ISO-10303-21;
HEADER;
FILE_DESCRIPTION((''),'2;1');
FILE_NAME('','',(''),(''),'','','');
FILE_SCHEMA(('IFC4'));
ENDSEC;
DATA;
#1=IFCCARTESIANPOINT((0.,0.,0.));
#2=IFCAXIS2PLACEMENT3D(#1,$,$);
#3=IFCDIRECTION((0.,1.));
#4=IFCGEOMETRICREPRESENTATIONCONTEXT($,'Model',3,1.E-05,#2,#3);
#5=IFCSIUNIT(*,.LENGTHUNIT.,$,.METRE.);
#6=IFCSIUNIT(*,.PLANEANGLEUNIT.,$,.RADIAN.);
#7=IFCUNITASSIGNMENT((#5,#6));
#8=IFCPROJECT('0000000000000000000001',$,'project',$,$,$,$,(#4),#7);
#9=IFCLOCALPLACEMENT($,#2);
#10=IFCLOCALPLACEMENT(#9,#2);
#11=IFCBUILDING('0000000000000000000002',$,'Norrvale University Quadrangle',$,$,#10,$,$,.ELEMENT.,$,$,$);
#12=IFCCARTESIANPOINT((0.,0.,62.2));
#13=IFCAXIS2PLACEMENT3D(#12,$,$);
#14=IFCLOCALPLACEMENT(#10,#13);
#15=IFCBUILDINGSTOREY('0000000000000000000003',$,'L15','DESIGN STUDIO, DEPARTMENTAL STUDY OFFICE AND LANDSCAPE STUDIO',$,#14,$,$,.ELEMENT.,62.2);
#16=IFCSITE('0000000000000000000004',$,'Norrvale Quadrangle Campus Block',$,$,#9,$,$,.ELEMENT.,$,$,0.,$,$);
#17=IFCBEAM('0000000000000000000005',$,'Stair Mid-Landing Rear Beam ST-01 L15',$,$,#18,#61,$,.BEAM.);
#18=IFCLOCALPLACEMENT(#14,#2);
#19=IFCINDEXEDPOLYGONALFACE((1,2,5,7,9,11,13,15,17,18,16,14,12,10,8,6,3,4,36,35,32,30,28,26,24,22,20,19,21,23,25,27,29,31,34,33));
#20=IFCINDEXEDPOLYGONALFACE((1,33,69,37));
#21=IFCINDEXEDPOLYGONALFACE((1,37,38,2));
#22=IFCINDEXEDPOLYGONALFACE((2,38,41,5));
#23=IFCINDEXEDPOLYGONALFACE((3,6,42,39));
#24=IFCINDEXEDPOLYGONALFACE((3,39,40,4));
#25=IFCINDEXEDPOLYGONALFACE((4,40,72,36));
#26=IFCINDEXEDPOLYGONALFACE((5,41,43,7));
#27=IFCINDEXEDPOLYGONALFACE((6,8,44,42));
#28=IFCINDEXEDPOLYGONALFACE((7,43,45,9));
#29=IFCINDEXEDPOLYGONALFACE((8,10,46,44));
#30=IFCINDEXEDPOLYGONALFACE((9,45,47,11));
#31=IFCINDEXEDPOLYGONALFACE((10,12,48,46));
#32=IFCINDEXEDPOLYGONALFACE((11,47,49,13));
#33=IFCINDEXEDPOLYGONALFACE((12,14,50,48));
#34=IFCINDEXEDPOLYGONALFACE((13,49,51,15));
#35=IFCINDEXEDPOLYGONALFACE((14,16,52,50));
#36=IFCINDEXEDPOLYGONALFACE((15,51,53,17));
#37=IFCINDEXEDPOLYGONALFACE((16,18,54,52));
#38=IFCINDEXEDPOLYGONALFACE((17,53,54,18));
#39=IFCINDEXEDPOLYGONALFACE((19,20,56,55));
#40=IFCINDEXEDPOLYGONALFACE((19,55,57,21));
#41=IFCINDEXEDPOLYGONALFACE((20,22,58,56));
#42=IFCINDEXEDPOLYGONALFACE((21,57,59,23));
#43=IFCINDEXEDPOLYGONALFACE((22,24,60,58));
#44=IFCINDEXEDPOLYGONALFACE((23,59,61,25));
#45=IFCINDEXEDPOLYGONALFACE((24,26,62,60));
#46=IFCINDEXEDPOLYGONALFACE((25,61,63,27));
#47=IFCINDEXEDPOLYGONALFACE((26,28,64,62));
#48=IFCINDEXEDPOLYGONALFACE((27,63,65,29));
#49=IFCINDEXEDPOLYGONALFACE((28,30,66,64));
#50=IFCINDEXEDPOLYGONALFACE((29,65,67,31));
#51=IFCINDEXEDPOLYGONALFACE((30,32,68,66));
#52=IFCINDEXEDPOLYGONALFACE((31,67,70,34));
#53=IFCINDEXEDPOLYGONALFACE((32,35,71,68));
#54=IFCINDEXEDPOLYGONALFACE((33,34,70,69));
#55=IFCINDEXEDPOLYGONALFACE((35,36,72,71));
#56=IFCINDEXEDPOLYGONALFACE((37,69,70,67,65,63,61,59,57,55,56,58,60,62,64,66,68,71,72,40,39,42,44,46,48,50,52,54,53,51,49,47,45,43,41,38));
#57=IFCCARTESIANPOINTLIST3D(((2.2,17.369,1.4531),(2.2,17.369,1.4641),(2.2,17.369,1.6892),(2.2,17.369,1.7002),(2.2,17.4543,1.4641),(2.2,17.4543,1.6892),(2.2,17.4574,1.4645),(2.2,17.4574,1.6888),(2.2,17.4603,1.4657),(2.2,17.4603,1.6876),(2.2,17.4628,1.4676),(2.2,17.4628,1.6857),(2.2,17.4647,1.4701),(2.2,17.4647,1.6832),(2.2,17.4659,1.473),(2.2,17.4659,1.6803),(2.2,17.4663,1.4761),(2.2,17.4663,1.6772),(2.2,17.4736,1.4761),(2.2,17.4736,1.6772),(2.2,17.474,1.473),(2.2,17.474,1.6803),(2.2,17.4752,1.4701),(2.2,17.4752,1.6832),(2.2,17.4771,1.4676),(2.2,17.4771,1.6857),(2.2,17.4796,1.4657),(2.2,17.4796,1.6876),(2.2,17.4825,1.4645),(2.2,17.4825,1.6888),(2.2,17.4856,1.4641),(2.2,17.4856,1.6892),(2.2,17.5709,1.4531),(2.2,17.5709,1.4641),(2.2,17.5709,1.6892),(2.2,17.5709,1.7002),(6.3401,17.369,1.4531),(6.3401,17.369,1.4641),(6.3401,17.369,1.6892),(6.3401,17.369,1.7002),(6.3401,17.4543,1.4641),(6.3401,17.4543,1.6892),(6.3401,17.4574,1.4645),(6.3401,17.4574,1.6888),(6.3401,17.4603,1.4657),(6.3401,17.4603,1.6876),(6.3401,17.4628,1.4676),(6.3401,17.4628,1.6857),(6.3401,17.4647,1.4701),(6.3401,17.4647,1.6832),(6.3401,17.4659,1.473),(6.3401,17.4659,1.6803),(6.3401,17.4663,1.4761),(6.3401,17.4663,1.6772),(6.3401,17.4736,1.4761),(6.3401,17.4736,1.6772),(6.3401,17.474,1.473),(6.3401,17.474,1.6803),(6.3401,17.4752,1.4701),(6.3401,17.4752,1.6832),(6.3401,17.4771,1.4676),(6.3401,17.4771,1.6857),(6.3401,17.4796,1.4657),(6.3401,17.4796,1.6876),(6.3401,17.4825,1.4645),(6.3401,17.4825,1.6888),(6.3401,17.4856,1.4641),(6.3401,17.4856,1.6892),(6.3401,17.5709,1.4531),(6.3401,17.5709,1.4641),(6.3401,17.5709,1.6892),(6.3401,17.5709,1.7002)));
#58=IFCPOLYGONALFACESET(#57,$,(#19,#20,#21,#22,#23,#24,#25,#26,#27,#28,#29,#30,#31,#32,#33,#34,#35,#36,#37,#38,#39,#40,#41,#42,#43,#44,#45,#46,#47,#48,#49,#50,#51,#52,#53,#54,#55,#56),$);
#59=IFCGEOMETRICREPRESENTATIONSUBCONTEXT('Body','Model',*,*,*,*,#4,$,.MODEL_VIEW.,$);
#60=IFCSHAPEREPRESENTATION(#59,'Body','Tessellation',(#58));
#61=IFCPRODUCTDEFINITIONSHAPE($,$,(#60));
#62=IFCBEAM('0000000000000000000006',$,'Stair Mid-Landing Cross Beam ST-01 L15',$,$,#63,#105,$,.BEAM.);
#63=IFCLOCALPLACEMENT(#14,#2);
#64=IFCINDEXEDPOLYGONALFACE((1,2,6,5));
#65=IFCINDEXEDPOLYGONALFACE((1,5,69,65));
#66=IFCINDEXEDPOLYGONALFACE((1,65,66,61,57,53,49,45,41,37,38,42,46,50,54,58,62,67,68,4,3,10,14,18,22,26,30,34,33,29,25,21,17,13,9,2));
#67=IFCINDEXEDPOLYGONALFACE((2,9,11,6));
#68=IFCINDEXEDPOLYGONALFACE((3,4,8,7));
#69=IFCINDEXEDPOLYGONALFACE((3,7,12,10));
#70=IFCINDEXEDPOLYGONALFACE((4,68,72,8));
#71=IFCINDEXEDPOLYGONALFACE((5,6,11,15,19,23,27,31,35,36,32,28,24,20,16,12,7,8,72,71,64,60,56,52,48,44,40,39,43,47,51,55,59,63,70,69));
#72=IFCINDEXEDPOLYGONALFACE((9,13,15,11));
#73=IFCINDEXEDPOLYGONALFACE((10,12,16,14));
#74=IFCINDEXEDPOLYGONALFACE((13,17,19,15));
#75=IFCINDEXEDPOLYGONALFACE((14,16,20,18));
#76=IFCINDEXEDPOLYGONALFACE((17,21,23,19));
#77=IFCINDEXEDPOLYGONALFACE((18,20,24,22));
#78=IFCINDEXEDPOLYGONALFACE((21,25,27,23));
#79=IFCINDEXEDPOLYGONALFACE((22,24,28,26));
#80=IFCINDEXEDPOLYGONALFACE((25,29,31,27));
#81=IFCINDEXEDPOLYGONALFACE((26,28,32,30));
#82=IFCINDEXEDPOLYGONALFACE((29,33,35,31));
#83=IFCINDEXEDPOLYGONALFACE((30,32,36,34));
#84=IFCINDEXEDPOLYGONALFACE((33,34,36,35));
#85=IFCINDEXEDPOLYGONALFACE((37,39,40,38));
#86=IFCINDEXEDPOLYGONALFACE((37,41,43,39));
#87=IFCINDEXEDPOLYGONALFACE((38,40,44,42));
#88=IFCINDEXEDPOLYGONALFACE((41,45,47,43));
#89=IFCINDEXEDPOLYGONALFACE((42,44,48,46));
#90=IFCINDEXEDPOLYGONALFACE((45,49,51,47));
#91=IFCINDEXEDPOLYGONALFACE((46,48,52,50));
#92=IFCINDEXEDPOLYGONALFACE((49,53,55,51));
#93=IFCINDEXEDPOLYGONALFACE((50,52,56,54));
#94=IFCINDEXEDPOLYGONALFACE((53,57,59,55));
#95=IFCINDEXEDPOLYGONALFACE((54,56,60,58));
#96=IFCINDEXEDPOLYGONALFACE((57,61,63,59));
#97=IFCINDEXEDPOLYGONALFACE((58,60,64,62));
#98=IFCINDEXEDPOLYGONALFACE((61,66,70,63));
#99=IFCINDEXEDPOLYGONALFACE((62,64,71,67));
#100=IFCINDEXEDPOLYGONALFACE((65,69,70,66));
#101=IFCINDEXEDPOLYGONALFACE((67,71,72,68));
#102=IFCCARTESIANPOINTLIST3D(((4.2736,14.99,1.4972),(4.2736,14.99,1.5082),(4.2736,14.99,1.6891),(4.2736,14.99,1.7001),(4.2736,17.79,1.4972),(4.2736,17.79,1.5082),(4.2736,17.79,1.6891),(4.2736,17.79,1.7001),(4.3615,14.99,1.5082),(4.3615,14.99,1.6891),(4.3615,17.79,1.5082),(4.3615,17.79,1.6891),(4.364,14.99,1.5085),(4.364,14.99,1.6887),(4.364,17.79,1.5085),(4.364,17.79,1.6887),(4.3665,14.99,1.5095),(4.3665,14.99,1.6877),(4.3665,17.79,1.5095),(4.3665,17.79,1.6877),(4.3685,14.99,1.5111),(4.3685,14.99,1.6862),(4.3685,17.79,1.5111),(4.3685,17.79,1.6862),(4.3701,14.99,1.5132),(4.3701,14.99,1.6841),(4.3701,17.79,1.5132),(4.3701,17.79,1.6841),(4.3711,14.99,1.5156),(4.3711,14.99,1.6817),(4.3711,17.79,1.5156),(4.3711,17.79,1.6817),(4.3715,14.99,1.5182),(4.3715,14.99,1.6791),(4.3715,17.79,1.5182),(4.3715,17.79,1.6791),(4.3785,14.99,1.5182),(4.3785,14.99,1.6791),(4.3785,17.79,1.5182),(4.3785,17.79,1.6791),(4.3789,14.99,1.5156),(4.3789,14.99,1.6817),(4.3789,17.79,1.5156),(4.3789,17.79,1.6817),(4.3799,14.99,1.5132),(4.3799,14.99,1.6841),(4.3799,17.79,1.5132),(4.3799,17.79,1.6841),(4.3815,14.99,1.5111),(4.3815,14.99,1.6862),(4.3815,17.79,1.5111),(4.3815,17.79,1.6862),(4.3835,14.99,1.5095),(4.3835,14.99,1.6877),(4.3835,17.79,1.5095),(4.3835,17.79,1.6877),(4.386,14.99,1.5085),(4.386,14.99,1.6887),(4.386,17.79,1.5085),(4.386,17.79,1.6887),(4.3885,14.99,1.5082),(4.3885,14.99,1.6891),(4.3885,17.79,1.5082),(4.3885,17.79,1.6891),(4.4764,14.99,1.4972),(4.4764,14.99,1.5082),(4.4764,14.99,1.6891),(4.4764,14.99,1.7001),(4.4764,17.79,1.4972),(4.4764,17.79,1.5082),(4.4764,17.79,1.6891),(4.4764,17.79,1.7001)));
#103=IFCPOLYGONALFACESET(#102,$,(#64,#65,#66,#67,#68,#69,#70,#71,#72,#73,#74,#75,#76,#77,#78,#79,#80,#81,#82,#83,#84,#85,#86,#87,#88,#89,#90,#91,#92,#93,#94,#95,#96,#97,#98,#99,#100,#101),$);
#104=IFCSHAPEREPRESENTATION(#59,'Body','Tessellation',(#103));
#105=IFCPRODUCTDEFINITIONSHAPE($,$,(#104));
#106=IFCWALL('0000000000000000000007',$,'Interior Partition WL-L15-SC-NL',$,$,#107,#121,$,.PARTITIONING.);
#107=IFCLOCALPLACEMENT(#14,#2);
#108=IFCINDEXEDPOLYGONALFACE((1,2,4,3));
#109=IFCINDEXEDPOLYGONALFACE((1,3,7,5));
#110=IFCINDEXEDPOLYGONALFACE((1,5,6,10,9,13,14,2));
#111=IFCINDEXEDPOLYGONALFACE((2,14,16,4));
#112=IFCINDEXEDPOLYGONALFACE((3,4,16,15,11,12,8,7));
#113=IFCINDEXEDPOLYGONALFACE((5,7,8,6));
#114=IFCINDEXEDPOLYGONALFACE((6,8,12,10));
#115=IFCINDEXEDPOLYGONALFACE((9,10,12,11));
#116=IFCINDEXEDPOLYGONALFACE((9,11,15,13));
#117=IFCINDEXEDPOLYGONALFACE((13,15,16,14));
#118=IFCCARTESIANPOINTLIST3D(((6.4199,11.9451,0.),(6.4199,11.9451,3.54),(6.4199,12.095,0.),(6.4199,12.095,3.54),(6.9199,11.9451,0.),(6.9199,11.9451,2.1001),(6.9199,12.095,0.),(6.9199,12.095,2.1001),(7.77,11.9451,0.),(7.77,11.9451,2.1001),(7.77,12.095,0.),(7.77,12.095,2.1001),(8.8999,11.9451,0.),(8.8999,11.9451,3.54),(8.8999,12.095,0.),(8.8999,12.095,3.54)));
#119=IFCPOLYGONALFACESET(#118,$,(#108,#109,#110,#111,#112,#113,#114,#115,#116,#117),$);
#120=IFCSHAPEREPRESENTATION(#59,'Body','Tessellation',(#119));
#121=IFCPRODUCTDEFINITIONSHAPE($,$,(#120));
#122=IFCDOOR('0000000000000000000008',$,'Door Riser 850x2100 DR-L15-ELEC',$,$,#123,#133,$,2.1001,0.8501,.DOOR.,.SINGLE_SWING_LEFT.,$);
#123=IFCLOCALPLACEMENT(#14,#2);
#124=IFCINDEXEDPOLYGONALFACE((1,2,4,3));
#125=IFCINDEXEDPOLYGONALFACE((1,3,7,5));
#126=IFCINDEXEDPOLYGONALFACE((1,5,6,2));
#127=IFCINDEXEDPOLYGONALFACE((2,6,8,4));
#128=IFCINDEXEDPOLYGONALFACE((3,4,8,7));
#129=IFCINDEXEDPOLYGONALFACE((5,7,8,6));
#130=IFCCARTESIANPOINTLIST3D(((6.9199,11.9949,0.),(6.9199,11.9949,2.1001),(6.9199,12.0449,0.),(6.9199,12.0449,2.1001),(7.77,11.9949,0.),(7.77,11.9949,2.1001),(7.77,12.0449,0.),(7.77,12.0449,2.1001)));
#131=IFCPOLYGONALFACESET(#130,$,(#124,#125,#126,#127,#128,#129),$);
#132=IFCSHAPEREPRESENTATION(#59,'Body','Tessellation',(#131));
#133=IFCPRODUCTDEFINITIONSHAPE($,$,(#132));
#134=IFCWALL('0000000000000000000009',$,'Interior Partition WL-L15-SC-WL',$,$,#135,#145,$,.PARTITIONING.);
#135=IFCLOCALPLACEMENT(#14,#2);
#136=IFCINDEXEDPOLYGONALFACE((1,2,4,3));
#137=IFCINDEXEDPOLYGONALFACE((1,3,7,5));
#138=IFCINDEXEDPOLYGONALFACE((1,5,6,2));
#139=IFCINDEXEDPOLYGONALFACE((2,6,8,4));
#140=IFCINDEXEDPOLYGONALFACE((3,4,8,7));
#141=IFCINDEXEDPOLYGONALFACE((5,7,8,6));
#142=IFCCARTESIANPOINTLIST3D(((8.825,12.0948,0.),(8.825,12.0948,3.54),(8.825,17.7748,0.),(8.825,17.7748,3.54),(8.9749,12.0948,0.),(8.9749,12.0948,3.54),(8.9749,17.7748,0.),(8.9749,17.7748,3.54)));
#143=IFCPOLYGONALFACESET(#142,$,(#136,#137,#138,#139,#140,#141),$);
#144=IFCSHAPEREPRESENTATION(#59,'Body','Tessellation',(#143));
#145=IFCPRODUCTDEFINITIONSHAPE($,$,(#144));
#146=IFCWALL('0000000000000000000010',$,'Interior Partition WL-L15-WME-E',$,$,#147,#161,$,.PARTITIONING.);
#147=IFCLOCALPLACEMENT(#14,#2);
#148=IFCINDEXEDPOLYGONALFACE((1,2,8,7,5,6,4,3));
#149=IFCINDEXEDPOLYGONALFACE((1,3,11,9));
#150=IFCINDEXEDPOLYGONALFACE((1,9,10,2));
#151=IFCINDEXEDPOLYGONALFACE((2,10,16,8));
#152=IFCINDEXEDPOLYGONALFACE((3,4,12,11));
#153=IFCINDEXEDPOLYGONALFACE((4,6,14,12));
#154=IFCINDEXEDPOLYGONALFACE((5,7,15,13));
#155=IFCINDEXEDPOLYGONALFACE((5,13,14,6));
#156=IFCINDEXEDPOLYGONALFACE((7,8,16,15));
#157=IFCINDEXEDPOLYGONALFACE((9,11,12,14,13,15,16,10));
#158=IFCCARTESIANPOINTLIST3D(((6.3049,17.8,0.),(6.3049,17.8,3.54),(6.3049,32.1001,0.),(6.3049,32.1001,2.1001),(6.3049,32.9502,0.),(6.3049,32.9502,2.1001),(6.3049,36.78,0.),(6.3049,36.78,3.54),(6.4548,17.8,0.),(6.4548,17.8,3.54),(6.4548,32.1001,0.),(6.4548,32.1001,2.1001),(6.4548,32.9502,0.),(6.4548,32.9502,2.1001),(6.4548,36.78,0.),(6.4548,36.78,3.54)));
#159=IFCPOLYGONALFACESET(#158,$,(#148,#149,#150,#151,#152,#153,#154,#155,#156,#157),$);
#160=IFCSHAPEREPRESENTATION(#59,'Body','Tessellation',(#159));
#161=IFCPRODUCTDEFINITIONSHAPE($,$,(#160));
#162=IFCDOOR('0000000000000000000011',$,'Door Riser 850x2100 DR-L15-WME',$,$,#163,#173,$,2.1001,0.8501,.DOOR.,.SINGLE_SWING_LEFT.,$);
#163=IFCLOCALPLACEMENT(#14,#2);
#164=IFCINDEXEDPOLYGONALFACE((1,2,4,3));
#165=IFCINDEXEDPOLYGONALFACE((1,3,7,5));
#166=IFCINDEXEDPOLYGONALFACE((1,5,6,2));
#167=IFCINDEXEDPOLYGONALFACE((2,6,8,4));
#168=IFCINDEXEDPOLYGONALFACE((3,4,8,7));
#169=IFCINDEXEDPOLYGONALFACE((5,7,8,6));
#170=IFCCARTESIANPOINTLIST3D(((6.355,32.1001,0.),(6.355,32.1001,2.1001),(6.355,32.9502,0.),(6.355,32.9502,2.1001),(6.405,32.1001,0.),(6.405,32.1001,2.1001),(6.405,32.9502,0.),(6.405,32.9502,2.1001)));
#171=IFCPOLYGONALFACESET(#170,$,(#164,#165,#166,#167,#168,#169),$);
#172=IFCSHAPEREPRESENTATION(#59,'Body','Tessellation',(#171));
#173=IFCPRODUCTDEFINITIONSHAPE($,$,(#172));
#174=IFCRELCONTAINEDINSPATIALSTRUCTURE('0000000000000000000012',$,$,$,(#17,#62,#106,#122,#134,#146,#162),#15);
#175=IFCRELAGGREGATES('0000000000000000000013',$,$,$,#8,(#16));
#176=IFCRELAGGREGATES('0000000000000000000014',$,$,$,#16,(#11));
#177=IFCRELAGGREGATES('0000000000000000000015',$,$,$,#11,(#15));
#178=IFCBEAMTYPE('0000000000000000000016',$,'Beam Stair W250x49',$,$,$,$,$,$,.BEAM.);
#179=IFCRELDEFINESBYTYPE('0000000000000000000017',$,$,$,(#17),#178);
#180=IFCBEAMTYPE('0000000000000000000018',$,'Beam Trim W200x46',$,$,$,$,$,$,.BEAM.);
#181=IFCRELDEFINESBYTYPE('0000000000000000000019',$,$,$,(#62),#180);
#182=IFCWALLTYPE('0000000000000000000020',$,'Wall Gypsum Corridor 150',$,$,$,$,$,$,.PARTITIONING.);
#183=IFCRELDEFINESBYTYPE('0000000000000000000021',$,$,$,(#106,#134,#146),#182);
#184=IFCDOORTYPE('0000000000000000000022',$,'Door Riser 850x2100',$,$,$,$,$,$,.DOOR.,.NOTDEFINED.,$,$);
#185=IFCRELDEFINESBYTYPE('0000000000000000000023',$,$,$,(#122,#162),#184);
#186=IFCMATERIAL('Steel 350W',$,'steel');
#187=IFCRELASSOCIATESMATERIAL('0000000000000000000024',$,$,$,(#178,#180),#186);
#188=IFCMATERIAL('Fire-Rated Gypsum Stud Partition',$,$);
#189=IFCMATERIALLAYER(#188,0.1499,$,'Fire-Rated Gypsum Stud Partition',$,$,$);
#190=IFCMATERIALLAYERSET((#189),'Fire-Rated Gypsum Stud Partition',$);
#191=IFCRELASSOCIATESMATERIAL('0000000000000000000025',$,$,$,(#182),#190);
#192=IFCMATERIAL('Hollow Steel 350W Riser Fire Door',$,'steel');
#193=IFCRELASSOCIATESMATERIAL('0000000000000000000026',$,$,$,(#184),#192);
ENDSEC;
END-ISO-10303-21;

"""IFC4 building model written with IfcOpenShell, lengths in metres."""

from ifc_helpers import new_model, si_unit, direction, frame, frame_2d, origin, origin_2d, place, context, subcontext, project, spatial, rectangle, i_section, extrude, material, layer, layer_set, material_profile, profile_set, type_object, element, fill, save


model = new_model("IFC4")

# Units and contexts
model_context = context("Model", 3, precision=1e-05, world=origin(), true_north=direction((0.0, 1.0)))
body_context = subcontext(model_context, "Body", "Model", "MODEL_VIEW")
ifc_project = project(units=[si_unit("LENGTHUNIT", "METRE"), si_unit("PLANEANGLEUNIT", "RADIAN")], contexts=[model_context])

# Site, building, storey
site_placement = place(None, origin())
site = spatial("IfcSite", under=ifc_project, at=site_placement, Name="Norrvale Quadrangle Campus Block", CompositionType="ELEMENT", RefElevation=0.0)
building_placement = place(site_placement, origin())
building = spatial("IfcBuilding", under=site, at=building_placement, Name="Norrvale University Quadrangle", CompositionType="ELEMENT")
storey_placement = place(building_placement, frame((0.0, 0.0, 62.2)))
storey = spatial("IfcBuildingStorey", under=building, at=storey_placement, Name="L15", Description="DESIGN STUDIO, DEPARTMENTAL STUDY OFFICE AND LANDSCAPE STUDIO", CompositionType="ELEMENT", Elevation=62.2)

# Beams
ifc_material_1 = material(Name="Steel 350W", Category="steel")
ifc_material_profile_1 = material_profile(ifc_material_1, i_section(OverallWidth=0.2019, OverallDepth=0.2471, WebThickness=0.0073, FlangeThickness=0.011, FilletRadius=0.012, at=origin_2d()), Name="Steel 350W")
ifc_profile_set_1 = profile_set([ifc_material_profile_1], Name="Steel 350W")
beam_type_1 = type_object("IfcBeamType", Name="Beam Stair W250x49", PredefinedType="BEAM", material=ifc_profile_set_1)
for number, where, z_axis, x_axis, name in (
    (1, (2.2, 17.47, 1.5767), (1.0, 0.0, 0.0), (0.0, 1.0, 0.0), "Stair Mid-Landing Rear Beam ST-01 L15"),
):
    element("IfcBeam", number, at=place(storey_placement, frame(where, z_axis=z_axis, x_axis=x_axis)), inside=storey, type_object=beam_type_1, Name=name, PredefinedType="BEAM", context=body_context, shape_type="SweptSolid", body=[
        extrude(i_section(OverallWidth=0.2019, OverallDepth=0.2471, WebThickness=0.0073, FlangeThickness=0.011, FilletRadius=0.012, at=origin_2d()), origin(), (0.0, 0.0, 1.0), 4.1401),
    ])
ifc_material_profile_2 = material_profile(ifc_material_1, i_section(OverallWidth=0.2029, OverallDepth=0.2029, WebThickness=0.0071, FlangeThickness=0.011, FilletRadius=0.01, at=origin_2d()), Name="Steel 350W")
ifc_profile_set_2 = profile_set([ifc_material_profile_2], Name="Steel 350W")
beam_type_2 = type_object("IfcBeamType", Name="Beam Trim W200x46", PredefinedType="BEAM", material=ifc_profile_set_2)
beam_1_placement = place(storey_placement, frame((4.375, 14.99, 1.5986), z_axis=(0.0, 1.0, 0.0), x_axis=(-1.0, 0.0, 0.0)))
element("IfcBeam", 2, at=beam_1_placement, inside=storey, type_object=beam_type_2, Name="Stair Mid-Landing Cross Beam ST-01 L15", PredefinedType="BEAM", context=body_context, shape_type="SweptSolid", body=[
    extrude(i_section(OverallWidth=0.2029, OverallDepth=0.2029, WebThickness=0.0071, FlangeThickness=0.011, FilletRadius=0.01, at=origin_2d()), origin(), (0.0, 0.0, 1.0), 2.8),
])

# Wall, opening, door
ifc_material_2 = material(Name="Fire-Rated Gypsum Stud Partition")
ifc_layer_1 = layer(ifc_material_2, 0.1499, Name="Fire-Rated Gypsum Stud Partition")
ifc_layer_set_1 = layer_set([ifc_layer_1], Name="Fire-Rated Gypsum Stud Partition")
wall_type_1 = type_object("IfcWallType", Name="Wall Gypsum Corridor 150", PredefinedType="PARTITIONING", material=ifc_layer_set_1)
wall_1_placement = place(storey_placement, frame((6.4199, 12.02, 0.0), z_axis=(0.0, 0.0, 1.0), x_axis=(1.0, 0.0, 0.0)))
wall_1 = element("IfcWall", 3, at=wall_1_placement, inside=storey, type_object=wall_type_1, Name="Interior Partition WL-L15-SC-NL", PredefinedType="PARTITIONING", context=body_context, shape_type="SweptSolid", body=[
    extrude(rectangle(XDim=2.48, YDim=0.1499, at=frame_2d((1.24, 0.0))), origin(), (0.0, 0.0, 1.0), 3.54),
])
opening_1_placement = place(wall_1_placement, frame((0.5, 0.0, 0.0)))
opening_1 = element("IfcOpeningElement", 4, at=opening_1_placement, cuts=wall_1, PredefinedType="OPENING", context=body_context, shape_type="SweptSolid", body=[
    extrude(rectangle(XDim=0.8501, YDim=2.1001, at=frame_2d((0.425, 1.05))), frame((0.0, 0.0869, 0.0), z_axis=(0.0, -1.0, 0.0), x_axis=(1.0, 0.0, 0.0)), (0.0, 0.0, 1.0), 0.1738),
])
ifc_material_3 = material(Name="Hollow Steel 350W Riser Fire Door", Category="steel")
door_type_1 = type_object("IfcDoorType", Name="Door Riser 850x2100", OperationType="NOTDEFINED", PredefinedType="DOOR", material=ifc_material_3)
door_1_placement = place(opening_1_placement, origin())
door_1 = element("IfcDoor", 5, at=door_1_placement, inside=storey, type_object=door_type_1, Name="Door Riser 850x2100 DR-L15-ELEC", OperationType="SINGLE_SWING_LEFT", OverallHeight=2.1001, OverallWidth=0.8501, PredefinedType="DOOR", context=body_context, shape_type="SweptSolid", body=[
    extrude(rectangle(XDim=0.8501, YDim=2.1001, at=frame_2d((0.425, 1.05))), frame((0.0, 0.0249, 0.0), z_axis=(0.0, -1.0, 0.0), x_axis=(1.0, 0.0, 0.0)), (0.0, 0.0, 1.0), 0.05),
])
fill(opening_1, door_1)

# Wall
wall_2_placement = place(storey_placement, frame((8.8999, 12.095, 0.0), z_axis=(0.0, 0.0, 1.0), x_axis=(0.0, 1.0, 0.0)))
element("IfcWall", 6, at=wall_2_placement, inside=storey, type_object=wall_type_1, Name="Interior Partition WL-L15-SC-WL", PredefinedType="PARTITIONING", context=body_context, shape_type="SweptSolid", body=[
    extrude(rectangle(XDim=5.6799, YDim=0.1499, at=frame_2d((2.8398, 0.0))), origin(), (0.0, 0.0, 1.0), 3.54),
])

# Wall, opening, door
wall_3_placement = place(storey_placement, frame((6.3799, 17.8, 0.0), z_axis=(0.0, 0.0, 1.0), x_axis=(0.0, 1.0, 0.0)))
wall_3 = element("IfcWall", 7, at=wall_3_placement, inside=storey, type_object=wall_type_1, Name="Interior Partition WL-L15-WME-E", PredefinedType="PARTITIONING", context=body_context, shape_type="SweptSolid", body=[
    extrude(rectangle(XDim=18.98, YDim=0.1499, at=frame_2d((9.49, 0.0))), origin(), (0.0, 0.0, 1.0), 3.54),
])
opening_2_placement = place(wall_3_placement, frame((14.3, 0.0, 0.0)))
opening_2 = element("IfcOpeningElement", 8, at=opening_2_placement, cuts=wall_3, PredefinedType="OPENING", context=body_context, shape_type="SweptSolid", body=[
    extrude(rectangle(XDim=0.8501, YDim=2.1001, at=frame_2d((0.425, 1.05))), frame((0.0, 0.0869, 0.0), z_axis=(0.0, -1.0, 0.0), x_axis=(1.0, 0.0, 0.0)), (0.0, 0.0, 1.0), 0.1738),
])
door_2_placement = place(opening_2_placement, origin())
door_2 = element("IfcDoor", 9, at=door_2_placement, inside=storey, type_object=door_type_1, Name="Door Riser 850x2100 DR-L15-WME", OperationType="SINGLE_SWING_LEFT", OverallHeight=2.1001, OverallWidth=0.8501, PredefinedType="DOOR", context=body_context, shape_type="SweptSolid", body=[
    extrude(rectangle(XDim=0.8501, YDim=2.1001, at=frame_2d((0.425, 1.05))), frame((0.0, 0.0249, 0.0), z_axis=(0.0, -1.0, 0.0), x_axis=(1.0, 0.0, 0.0)), (0.0, 0.0, 1.0), 0.05),
])
fill(opening_2, door_2)

save(model, "model.ifc")
